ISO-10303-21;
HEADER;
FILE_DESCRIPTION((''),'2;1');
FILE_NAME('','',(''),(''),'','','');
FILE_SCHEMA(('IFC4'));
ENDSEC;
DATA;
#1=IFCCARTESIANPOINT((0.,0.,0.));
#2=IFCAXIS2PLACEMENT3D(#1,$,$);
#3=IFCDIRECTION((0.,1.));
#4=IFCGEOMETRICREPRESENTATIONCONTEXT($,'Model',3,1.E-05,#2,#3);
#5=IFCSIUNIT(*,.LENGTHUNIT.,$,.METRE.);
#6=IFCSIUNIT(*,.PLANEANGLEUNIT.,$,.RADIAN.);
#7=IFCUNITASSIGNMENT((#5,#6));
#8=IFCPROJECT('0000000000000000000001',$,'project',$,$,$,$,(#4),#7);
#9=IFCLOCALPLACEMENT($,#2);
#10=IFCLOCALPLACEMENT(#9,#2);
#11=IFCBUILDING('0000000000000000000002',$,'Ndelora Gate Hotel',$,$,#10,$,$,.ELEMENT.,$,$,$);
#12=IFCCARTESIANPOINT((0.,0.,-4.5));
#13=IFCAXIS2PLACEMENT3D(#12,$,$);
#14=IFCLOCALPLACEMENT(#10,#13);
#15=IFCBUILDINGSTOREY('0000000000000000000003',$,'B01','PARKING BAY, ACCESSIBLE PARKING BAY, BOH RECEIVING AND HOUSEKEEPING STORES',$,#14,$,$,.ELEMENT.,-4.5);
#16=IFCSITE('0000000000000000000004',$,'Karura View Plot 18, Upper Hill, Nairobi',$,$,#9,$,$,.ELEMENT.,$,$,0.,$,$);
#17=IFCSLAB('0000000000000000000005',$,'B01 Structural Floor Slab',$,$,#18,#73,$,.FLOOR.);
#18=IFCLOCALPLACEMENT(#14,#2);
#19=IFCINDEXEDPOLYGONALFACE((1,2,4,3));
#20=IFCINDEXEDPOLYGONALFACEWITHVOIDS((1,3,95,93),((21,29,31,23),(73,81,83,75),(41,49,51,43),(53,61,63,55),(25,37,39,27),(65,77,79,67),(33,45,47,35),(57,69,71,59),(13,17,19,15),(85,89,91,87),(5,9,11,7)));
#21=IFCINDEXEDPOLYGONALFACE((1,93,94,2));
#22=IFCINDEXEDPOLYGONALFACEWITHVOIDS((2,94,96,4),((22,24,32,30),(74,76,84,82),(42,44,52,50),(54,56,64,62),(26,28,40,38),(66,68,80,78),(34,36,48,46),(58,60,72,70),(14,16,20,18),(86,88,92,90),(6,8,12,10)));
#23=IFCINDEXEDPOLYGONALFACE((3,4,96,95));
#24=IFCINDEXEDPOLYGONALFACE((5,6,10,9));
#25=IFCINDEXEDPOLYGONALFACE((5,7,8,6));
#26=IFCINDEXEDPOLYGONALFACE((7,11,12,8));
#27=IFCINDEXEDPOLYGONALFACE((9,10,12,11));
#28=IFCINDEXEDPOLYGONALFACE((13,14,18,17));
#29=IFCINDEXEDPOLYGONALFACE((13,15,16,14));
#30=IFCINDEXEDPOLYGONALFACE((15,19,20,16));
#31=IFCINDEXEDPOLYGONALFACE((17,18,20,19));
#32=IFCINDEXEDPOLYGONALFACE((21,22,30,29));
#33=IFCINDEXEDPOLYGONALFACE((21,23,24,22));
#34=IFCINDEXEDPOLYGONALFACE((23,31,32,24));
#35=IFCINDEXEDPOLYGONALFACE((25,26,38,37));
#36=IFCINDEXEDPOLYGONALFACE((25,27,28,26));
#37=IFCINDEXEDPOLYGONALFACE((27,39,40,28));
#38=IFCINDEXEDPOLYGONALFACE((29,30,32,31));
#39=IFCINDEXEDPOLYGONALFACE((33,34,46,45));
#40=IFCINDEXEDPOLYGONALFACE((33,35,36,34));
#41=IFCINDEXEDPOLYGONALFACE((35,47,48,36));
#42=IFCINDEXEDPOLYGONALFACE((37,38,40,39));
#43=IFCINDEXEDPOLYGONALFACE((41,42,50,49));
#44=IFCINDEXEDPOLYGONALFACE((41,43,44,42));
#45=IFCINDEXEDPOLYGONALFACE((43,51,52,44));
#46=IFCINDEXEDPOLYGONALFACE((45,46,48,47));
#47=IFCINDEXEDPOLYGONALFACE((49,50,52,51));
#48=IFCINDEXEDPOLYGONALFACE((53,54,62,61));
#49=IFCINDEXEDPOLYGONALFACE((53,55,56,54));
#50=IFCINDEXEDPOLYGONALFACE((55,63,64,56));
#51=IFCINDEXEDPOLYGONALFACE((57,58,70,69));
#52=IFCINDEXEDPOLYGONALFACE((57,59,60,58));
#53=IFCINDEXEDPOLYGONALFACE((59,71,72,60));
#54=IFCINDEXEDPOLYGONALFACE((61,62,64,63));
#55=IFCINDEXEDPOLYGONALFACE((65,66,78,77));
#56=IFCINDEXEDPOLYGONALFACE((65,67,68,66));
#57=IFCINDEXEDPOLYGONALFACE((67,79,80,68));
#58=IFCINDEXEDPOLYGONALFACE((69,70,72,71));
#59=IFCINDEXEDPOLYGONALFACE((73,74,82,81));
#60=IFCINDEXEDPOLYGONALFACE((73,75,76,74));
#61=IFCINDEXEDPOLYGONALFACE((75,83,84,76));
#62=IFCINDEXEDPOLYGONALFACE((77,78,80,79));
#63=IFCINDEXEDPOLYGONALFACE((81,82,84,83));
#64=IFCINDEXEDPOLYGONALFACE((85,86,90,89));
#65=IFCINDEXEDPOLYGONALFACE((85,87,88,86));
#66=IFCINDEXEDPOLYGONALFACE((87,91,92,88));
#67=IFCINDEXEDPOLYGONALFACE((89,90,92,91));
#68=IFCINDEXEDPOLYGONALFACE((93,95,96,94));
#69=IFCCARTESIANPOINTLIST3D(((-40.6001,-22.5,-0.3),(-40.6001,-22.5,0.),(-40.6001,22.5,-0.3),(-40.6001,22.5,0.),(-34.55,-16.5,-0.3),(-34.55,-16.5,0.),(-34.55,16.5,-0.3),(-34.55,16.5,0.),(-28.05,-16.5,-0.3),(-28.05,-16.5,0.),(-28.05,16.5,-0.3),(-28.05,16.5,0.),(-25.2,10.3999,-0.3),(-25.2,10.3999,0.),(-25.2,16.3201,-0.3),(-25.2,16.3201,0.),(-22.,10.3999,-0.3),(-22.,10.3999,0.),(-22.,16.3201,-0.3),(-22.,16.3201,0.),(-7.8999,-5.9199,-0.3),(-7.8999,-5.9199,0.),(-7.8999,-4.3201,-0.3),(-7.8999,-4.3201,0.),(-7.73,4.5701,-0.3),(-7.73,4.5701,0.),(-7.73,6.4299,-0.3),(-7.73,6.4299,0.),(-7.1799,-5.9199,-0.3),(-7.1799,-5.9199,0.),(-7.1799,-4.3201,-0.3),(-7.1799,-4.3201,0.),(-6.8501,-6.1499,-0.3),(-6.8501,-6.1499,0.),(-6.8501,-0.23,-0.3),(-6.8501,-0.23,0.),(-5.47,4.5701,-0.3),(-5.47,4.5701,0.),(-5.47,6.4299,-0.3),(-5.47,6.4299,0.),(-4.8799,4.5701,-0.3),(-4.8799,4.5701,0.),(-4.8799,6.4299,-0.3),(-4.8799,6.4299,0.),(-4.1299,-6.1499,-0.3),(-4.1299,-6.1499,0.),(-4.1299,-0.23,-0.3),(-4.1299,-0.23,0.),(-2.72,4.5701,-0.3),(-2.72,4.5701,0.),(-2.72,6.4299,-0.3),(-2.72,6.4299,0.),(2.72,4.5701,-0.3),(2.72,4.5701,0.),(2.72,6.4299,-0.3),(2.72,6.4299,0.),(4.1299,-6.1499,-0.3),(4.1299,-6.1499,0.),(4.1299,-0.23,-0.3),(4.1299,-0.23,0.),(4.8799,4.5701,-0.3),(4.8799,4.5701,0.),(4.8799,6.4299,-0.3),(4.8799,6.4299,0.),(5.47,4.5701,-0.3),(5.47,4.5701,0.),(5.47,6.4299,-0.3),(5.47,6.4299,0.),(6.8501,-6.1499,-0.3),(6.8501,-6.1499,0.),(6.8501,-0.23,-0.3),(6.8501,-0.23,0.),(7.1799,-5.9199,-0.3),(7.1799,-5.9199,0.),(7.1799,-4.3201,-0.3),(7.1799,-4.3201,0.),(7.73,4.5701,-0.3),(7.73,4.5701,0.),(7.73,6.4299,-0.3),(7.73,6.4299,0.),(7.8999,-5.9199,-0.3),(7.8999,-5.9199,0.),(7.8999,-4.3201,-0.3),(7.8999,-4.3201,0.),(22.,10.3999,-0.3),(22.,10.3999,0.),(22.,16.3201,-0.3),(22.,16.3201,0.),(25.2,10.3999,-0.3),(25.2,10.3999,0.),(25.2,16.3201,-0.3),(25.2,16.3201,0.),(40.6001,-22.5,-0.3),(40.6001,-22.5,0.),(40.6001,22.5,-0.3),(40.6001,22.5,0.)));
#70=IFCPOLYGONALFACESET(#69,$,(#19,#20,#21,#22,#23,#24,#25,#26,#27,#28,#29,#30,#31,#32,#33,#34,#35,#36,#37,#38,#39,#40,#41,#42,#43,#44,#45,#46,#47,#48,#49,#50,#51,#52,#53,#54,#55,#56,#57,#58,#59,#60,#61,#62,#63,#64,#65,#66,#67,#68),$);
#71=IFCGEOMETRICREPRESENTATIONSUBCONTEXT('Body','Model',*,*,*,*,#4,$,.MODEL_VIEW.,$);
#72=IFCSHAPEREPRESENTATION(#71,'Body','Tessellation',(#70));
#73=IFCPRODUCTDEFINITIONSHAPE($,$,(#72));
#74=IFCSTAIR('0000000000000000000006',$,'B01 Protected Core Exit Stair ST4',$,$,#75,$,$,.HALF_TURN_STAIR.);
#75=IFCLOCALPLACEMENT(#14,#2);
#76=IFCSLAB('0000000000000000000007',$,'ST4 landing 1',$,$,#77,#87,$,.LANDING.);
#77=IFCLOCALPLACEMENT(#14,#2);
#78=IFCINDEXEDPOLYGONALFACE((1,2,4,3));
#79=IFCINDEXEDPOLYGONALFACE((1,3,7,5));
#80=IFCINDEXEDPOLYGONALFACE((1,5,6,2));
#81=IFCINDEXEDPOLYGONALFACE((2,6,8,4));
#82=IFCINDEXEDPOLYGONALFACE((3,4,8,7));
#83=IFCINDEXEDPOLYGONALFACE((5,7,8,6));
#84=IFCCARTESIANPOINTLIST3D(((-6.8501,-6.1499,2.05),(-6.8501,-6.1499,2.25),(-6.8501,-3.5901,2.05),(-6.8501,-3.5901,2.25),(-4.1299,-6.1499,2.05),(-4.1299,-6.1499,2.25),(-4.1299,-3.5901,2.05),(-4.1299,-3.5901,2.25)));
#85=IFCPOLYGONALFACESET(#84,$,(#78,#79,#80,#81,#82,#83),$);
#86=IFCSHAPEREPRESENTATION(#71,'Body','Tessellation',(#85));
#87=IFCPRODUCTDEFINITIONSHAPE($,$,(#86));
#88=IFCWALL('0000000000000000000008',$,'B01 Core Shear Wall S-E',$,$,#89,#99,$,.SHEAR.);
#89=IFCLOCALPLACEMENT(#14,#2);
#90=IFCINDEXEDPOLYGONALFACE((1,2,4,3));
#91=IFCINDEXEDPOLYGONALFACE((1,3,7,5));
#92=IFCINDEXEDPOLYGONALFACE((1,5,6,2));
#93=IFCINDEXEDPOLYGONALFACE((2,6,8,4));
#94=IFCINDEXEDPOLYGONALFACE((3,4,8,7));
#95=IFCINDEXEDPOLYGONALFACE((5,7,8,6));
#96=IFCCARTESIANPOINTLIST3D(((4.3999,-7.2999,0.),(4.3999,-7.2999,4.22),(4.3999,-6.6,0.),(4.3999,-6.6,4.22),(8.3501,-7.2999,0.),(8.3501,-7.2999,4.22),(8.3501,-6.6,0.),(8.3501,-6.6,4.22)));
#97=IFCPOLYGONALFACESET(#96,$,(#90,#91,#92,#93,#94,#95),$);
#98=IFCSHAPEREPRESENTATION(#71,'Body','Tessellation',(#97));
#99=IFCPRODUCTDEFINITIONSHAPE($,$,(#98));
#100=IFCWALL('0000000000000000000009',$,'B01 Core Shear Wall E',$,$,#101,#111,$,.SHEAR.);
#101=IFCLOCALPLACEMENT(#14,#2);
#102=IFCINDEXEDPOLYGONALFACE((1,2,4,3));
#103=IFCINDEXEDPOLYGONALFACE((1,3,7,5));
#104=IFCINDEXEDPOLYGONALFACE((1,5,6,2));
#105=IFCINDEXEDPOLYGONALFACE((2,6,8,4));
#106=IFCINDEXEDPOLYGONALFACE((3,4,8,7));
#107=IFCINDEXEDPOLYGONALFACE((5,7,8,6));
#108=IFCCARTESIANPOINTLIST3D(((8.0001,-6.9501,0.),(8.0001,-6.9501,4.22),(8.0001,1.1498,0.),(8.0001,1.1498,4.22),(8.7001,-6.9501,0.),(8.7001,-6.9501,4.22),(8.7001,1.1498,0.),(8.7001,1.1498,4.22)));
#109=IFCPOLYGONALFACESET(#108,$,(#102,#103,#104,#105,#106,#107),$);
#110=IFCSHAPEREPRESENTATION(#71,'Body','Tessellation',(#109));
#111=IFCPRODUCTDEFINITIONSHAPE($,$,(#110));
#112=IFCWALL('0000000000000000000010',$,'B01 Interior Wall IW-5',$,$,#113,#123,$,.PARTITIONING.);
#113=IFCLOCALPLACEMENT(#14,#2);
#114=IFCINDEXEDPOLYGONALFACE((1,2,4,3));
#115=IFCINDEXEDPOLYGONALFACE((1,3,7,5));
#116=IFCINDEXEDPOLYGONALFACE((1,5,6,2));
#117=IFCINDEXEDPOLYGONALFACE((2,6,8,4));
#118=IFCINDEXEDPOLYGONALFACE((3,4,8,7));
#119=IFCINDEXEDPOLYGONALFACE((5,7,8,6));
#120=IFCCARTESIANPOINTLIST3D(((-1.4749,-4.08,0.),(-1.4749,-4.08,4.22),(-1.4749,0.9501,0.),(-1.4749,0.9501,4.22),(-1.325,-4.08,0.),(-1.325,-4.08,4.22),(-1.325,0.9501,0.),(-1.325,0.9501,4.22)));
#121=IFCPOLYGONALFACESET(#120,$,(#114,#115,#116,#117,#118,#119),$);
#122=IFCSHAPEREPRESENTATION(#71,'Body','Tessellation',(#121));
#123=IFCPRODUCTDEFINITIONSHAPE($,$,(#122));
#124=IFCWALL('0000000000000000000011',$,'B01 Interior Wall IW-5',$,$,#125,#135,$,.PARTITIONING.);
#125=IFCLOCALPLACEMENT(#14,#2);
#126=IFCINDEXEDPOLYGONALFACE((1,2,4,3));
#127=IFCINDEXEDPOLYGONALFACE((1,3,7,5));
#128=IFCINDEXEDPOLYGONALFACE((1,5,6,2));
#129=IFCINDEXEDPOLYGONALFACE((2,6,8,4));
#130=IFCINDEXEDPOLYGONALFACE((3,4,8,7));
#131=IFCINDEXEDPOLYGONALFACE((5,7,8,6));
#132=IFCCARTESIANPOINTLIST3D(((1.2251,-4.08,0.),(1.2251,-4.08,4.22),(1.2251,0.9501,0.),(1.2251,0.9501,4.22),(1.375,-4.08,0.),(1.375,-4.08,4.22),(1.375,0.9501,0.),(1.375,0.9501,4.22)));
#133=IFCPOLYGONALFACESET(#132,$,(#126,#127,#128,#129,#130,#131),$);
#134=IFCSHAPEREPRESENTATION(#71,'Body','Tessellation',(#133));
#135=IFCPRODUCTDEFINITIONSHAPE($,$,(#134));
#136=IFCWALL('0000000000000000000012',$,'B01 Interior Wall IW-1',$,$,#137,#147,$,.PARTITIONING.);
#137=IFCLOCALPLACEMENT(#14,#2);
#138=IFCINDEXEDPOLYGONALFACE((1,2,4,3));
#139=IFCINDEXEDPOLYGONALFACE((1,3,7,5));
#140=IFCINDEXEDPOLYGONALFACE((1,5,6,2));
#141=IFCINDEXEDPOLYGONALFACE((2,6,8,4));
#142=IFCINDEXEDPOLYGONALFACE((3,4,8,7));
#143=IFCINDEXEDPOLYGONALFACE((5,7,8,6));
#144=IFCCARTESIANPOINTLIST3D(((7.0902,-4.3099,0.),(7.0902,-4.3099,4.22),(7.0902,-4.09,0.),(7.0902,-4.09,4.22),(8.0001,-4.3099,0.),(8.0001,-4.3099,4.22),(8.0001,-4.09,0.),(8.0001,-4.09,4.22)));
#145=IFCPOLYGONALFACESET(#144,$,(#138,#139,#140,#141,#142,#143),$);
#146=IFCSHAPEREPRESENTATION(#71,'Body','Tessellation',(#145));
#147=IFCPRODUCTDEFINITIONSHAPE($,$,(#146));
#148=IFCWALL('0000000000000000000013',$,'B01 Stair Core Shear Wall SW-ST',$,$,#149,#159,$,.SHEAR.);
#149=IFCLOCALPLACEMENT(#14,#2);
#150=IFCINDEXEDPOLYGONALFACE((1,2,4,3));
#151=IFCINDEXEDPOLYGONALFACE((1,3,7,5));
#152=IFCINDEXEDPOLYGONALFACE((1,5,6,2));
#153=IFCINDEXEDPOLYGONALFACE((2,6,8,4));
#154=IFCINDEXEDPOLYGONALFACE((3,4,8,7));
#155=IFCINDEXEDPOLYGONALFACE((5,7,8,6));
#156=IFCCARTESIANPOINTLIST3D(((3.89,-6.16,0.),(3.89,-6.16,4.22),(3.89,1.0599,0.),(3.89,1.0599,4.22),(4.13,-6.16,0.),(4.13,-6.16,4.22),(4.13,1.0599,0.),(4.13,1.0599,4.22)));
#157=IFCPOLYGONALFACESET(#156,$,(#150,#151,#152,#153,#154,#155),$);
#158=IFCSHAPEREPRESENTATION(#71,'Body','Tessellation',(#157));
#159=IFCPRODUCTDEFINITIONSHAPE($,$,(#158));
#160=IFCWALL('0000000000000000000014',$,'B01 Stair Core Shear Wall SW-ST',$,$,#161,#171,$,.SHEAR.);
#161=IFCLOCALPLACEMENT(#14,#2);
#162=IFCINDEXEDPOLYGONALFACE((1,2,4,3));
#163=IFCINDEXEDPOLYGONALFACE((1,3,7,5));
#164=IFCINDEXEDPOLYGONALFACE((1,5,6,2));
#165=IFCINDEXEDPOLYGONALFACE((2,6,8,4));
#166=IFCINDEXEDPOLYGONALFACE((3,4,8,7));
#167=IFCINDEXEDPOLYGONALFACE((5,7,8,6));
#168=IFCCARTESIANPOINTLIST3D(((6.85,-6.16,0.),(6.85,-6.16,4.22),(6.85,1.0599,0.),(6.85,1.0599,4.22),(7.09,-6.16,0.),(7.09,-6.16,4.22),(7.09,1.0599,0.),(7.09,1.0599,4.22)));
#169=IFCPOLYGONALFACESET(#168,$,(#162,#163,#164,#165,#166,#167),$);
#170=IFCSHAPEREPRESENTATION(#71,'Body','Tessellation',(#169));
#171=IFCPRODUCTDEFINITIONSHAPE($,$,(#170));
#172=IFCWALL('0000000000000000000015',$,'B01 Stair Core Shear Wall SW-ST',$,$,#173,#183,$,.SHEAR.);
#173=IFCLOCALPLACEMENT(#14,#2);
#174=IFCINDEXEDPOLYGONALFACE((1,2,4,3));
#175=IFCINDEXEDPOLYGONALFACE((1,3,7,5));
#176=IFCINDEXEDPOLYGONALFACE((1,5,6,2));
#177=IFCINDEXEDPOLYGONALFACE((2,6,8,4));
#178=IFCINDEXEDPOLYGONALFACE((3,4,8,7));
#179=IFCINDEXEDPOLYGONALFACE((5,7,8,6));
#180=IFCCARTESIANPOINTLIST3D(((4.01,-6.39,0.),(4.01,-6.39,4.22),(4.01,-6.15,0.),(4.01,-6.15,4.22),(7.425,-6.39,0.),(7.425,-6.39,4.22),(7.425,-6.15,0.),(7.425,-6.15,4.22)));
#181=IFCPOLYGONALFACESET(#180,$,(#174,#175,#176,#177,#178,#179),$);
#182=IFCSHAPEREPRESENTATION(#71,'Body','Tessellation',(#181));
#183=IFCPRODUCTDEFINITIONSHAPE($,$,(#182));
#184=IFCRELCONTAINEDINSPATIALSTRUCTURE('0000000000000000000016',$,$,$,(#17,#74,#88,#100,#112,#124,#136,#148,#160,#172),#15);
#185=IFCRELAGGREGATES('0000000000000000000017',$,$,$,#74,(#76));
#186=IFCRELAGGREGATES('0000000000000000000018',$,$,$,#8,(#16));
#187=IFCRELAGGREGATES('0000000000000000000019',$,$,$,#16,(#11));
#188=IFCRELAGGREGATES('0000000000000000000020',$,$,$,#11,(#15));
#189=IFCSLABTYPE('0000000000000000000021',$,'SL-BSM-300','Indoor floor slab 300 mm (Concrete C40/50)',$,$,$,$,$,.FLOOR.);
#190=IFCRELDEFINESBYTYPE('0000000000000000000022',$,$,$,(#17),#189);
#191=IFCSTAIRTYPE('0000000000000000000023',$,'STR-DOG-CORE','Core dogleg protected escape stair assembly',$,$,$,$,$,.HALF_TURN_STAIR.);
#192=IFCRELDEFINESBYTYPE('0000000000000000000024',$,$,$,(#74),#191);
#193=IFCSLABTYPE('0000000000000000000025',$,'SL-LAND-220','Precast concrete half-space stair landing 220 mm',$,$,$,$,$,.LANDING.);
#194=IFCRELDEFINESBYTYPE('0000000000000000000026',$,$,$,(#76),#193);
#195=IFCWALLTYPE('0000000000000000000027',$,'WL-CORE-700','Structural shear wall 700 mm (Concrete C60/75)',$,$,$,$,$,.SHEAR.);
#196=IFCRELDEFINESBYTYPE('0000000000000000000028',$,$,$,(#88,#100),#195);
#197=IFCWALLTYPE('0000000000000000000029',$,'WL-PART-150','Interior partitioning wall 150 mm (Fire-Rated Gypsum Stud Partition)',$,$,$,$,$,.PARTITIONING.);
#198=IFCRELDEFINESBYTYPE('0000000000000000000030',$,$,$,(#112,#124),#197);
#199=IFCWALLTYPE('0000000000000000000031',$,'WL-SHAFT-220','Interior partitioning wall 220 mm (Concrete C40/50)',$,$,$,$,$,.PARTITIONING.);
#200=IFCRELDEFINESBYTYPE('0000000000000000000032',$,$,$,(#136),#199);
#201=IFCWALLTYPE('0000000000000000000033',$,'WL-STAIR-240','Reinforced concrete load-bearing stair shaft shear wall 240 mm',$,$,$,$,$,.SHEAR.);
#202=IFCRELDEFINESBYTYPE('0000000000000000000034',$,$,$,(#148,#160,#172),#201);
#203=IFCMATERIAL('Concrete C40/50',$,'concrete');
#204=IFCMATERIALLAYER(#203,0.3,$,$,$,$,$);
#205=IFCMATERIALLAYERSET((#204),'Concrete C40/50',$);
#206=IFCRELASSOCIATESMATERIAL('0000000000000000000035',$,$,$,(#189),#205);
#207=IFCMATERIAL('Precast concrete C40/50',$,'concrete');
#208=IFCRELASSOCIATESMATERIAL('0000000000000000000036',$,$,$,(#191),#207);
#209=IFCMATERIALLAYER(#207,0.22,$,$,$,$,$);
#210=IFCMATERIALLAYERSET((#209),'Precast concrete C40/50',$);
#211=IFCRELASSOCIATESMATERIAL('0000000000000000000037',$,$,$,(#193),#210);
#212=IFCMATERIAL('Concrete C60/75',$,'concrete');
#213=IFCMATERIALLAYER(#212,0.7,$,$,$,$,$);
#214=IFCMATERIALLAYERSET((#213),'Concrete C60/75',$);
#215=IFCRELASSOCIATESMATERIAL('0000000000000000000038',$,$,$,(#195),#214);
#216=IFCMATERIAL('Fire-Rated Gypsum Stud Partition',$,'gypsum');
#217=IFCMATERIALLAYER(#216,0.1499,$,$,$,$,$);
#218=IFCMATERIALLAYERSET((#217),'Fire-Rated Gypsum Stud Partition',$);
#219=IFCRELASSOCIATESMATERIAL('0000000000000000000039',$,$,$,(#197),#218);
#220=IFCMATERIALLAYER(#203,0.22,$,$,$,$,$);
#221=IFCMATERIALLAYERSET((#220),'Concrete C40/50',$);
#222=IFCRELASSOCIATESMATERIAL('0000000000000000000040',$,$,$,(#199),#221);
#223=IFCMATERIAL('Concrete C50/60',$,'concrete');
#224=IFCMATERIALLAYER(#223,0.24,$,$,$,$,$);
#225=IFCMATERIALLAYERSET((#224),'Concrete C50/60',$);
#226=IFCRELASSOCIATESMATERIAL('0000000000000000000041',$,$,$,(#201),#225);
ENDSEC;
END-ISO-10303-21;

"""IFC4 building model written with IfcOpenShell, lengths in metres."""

from ifc_helpers import new_model, si_unit, direction, frame, frame_2d, origin, place, context, subcontext, project, spatial, polyline, rectangle, outline, extrude, material, layer, layer_set, type_object, element, aggregate, save


model = new_model("IFC4")

# Units and contexts
model_context = context("Model", 3, precision=1e-05, world=origin(), true_north=direction((0.0, 1.0)))
body_context = subcontext(model_context, "Body", "Model", "MODEL_VIEW")
ifc_project = project(units=[si_unit("LENGTHUNIT", "METRE"), si_unit("PLANEANGLEUNIT", "RADIAN")], contexts=[model_context])

# Site, building, storey
site_placement = place(None, origin())
site = spatial("IfcSite", under=ifc_project, at=site_placement, Name="Karura View Plot 18, Upper Hill, Nairobi", CompositionType="ELEMENT", RefElevation=0.0)
building_placement = place(site_placement, origin())
building = spatial("IfcBuilding", under=site, at=building_placement, Name="Ndelora Gate Hotel", CompositionType="ELEMENT")
storey_placement = place(building_placement, frame((0.0, 0.0, -4.5)))
storey = spatial("IfcBuildingStorey", under=building, at=storey_placement, Name="B01", Description="PARKING BAY, ACCESSIBLE PARKING BAY, BOH RECEIVING AND HOUSEKEEPING STORES", CompositionType="ELEMENT", Elevation=-4.5)

# Shared definitions
ifc_material_1 = material(Name="Concrete C60/75", Category="concrete")

# Shared definitions
ifc_material_2 = material(Name="Concrete C40/50", Category="concrete")

# Slab
ifc_layer_1 = layer(ifc_material_2, 0.3)
ifc_layer_set_1 = layer_set([ifc_layer_1], Name="Concrete C40/50")
slab_type_1 = type_object("IfcSlabType", Name="SL-BSM-300", Description="Indoor floor slab 300 mm (Concrete C40/50)", PredefinedType="FLOOR", material=ifc_layer_set_1)
slab_1_placement = place(storey_placement, frame((0.0, 0.0, -0.3)))
element("IfcSlab", 1, at=slab_1_placement, inside=storey, type_object=slab_type_1, Name="B01 Structural Floor Slab", PredefinedType="FLOOR", context=body_context, shape_type="SweptSolid", body=[
    extrude(outline(polyline([(-40.6001, -22.5), (40.6001, -22.5), (40.6001, 22.5), (-40.6001, 22.5), (-40.6001, -22.5)]), holes=[polyline([(-6.8501, -0.23), (-6.8501, -6.1499), (-4.1299, -6.1499), (-4.1299, -0.23), (-6.8501, -0.23)]), polyline([(4.1299, -0.23), (4.1299, -6.1499), (6.8501, -6.1499), (6.8501, -0.23), (4.1299, -0.23)]), polyline([(-25.2, 16.3201), (-25.2, 10.3999), (-22.0, 10.3999), (-22.0, 16.3201), (-25.2, 16.3201)]), polyline([(22.0, 16.3201), (22.0, 10.3999), (25.2, 10.3999), (25.2, 16.3201), (22.0, 16.3201)]), polyline([(-7.73, 4.5701), (-5.47, 4.5701), (-5.47, 6.4299), (-7.73, 6.4299), (-7.73, 4.5701)]), polyline([(5.47, 4.5701), (7.73, 4.5701), (7.73, 6.4299), (5.47, 6.4299), (5.47, 4.5701)]), polyline([(-4.8799, 4.5701), (-2.72, 4.5701), (-2.72, 6.4299), (-4.8799, 6.4299), (-4.8799, 4.5701)]), polyline([(2.72, 4.5701), (4.8799, 4.5701), (4.8799, 6.4299), (2.72, 6.4299), (2.72, 4.5701)]), polyline([(-7.8999, -5.9199), (-7.1799, -5.9199), (-7.1799, -4.3201), (-7.8999, -4.3201), (-7.8999, -5.9199)]), polyline([(7.1799, -5.9199), (7.8999, -5.9199), (7.8999, -4.3201), (7.1799, -4.3201), (7.1799, -5.9199)]), polyline([(-34.55, -16.5), (-28.05, -16.5), (-28.05, 16.5), (-34.55, 16.5), (-34.55, -16.5)])]), origin(), (0.0, 0.0, 1.0), 0.3),
])

# Stair, slab
ifc_material_3 = material(Name="Precast concrete C40/50", Category="concrete")
stair_type = type_object("IfcStairType", Name="STR-DOG-CORE", Description="Core dogleg protected escape stair assembly", PredefinedType="HALF_TURN_STAIR", material=ifc_material_3)
stair_1_placement = place(storey_placement, origin())
stair_1 = element("IfcStair", 2, at=stair_1_placement, inside=storey, type_object=stair_type, Name="B01 Protected Core Exit Stair ST4", PredefinedType="HALF_TURN_STAIR")
ifc_layer_2 = layer(ifc_material_3, 0.22)
ifc_layer_set_2 = layer_set([ifc_layer_2], Name="Precast concrete C40/50")
slab_type_2 = type_object("IfcSlabType", Name="SL-LAND-220", Description="Precast concrete half-space stair landing 220 mm", PredefinedType="LANDING", material=ifc_layer_set_2)
slab_2_placement = place(storey_placement, frame((0.0, 0.0, 2.05)))
slab_2 = element("IfcSlab", 3, at=slab_2_placement, type_object=slab_type_2, Name="ST4 landing 1", PredefinedType="LANDING", context=body_context, shape_type="SweptSolid", body=[
    extrude(outline(polyline([(-6.8501, -3.5901), (-6.8501, -6.1499), (-4.1299, -6.1499), (-4.1299, -3.5901), (-6.8501, -3.5901)])), origin(), (0.0, 0.0, 1.0), 0.2),
])
aggregate(stair_1, [slab_2])

# Walls
ifc_layer_3 = layer(ifc_material_1, 0.7)
ifc_layer_set_3 = layer_set([ifc_layer_3], Name="Concrete C60/75")
wall_type_1 = type_object("IfcWallType", Name="WL-CORE-700", Description="Structural shear wall 700 mm (Concrete C60/75)", PredefinedType="SHEAR", material=ifc_layer_set_3)
wall_1_placement = place(storey_placement, frame((4.3999, -6.95, 0.0), z_axis=(0.0, 0.0, 1.0), x_axis=(1.0, 0.0, 0.0)))
element("IfcWall", 4, at=wall_1_placement, inside=storey, type_object=wall_type_1, Name="B01 Core Shear Wall S-E", PredefinedType="SHEAR", context=body_context, shape_type="SweptSolid", body=[
    extrude(rectangle(XDim=3.9502, YDim=0.7, at=frame_2d((1.9751, 0.0))), origin(), (0.0, 0.0, 1.0), 4.22),
])
wall_2_placement = place(storey_placement, frame((8.3501, -6.95, 0.0), z_axis=(0.0, 0.0, 1.0), x_axis=(0.0, 1.0, 0.0)))
element("IfcWall", 5, at=wall_2_placement, inside=storey, type_object=wall_type_1, Name="B01 Core Shear Wall E", PredefinedType="SHEAR", context=body_context, shape_type="SweptSolid", body=[
    extrude(rectangle(XDim=8.0999, YDim=0.7, at=frame_2d((4.0498, 0.0))), origin(), (0.0, 0.0, 1.0), 4.22),
])
ifc_material_4 = material(Name="Fire-Rated Gypsum Stud Partition", Category="gypsum")
ifc_layer_4 = layer(ifc_material_4, 0.1499)
ifc_layer_set_4 = layer_set([ifc_layer_4], Name="Fire-Rated Gypsum Stud Partition")
wall_type_2 = type_object("IfcWallType", Name="WL-PART-150", Description="Interior partitioning wall 150 mm (Fire-Rated Gypsum Stud Partition)", PredefinedType="PARTITIONING", material=ifc_layer_set_4)
for number, where, z_axis, x_axis, name in (
    (6, (-1.3999, -4.0801, 0.0), (0.0, 0.0, 1.0), (0.0, 1.0, 0.0), "B01 Interior Wall IW-5"),
    (7, (1.3, -4.0801, 0.0), (0.0, 0.0, 1.0), (0.0, 1.0, 0.0), "B01 Interior Wall IW-5"),
):
    element("IfcWall", number, at=place(storey_placement, frame(where, z_axis=z_axis, x_axis=x_axis)), inside=storey, type_object=wall_type_2, Name=name, PredefinedType="PARTITIONING", context=body_context, shape_type="SweptSolid", body=[
        extrude(rectangle(XDim=5.03, YDim=0.1499, at=frame_2d((2.5151, 0.0))), origin(), (0.0, 0.0, 1.0), 4.22),
    ])
ifc_layer_5 = layer(ifc_material_2, 0.22)
ifc_layer_set_5 = layer_set([ifc_layer_5], Name="Concrete C40/50")
wall_type_3 = type_object("IfcWallType", Name="WL-SHAFT-220", Description="Interior partitioning wall 220 mm (Concrete C40/50)", PredefinedType="PARTITIONING", material=ifc_layer_set_5)
wall_3_placement = place(storey_placement, frame((7.0901, -4.2, 0.0), z_axis=(0.0, 0.0, 1.0), x_axis=(1.0, 0.0, 0.0)))
element("IfcWall", 8, at=wall_3_placement, inside=storey, type_object=wall_type_3, Name="B01 Interior Wall IW-1", PredefinedType="PARTITIONING", context=body_context, shape_type="SweptSolid", body=[
    extrude(rectangle(XDim=0.9099, YDim=0.22, at=frame_2d((0.4551, 0.0))), origin(), (0.0, 0.0, 1.0), 4.22),
])
ifc_material_5 = material(Name="Concrete C50/60", Category="concrete")
ifc_layer_6 = layer(ifc_material_5, 0.24)
ifc_layer_set_6 = layer_set([ifc_layer_6], Name="Concrete C50/60")
wall_type_4 = type_object("IfcWallType", Name="WL-STAIR-240", Description="Reinforced concrete load-bearing stair shaft shear wall 240 mm", PredefinedType="SHEAR", material=ifc_layer_set_6)
for number, where, z_axis, x_axis, name in (
    (9, (4.01, -6.1599, 0.0), (0.0, 0.0, 1.0), (0.0, 1.0, 0.0), "B01 Stair Core Shear Wall SW-ST"),
    (10, (6.97, -6.1599, 0.0), (0.0, 0.0, 1.0), (0.0, 1.0, 0.0), "B01 Stair Core Shear Wall SW-ST"),
):
    element("IfcWall", number, at=place(storey_placement, frame(where, z_axis=z_axis, x_axis=x_axis)), inside=storey, type_object=wall_type_4, Name=name, PredefinedType="SHEAR", context=body_context, shape_type="SweptSolid", body=[
        extrude(rectangle(XDim=7.22, YDim=0.24, at=frame_2d((3.6099, 0.0))), origin(), (0.0, 0.0, 1.0), 4.22),
    ])
wall_4_placement = place(storey_placement, frame((4.01, -6.27, 0.0), z_axis=(0.0, 0.0, 1.0), x_axis=(1.0, 0.0, 0.0)))
element("IfcWall", 11, at=wall_4_placement, inside=storey, type_object=wall_type_4, Name="B01 Stair Core Shear Wall SW-ST", PredefinedType="SHEAR", context=body_context, shape_type="SweptSolid", body=[
    extrude(rectangle(XDim=3.415, YDim=0.24, at=frame_2d((1.7075, 0.0))), origin(), (0.0, 0.0, 1.0), 4.22),
])

save(model, "model.ifc")
